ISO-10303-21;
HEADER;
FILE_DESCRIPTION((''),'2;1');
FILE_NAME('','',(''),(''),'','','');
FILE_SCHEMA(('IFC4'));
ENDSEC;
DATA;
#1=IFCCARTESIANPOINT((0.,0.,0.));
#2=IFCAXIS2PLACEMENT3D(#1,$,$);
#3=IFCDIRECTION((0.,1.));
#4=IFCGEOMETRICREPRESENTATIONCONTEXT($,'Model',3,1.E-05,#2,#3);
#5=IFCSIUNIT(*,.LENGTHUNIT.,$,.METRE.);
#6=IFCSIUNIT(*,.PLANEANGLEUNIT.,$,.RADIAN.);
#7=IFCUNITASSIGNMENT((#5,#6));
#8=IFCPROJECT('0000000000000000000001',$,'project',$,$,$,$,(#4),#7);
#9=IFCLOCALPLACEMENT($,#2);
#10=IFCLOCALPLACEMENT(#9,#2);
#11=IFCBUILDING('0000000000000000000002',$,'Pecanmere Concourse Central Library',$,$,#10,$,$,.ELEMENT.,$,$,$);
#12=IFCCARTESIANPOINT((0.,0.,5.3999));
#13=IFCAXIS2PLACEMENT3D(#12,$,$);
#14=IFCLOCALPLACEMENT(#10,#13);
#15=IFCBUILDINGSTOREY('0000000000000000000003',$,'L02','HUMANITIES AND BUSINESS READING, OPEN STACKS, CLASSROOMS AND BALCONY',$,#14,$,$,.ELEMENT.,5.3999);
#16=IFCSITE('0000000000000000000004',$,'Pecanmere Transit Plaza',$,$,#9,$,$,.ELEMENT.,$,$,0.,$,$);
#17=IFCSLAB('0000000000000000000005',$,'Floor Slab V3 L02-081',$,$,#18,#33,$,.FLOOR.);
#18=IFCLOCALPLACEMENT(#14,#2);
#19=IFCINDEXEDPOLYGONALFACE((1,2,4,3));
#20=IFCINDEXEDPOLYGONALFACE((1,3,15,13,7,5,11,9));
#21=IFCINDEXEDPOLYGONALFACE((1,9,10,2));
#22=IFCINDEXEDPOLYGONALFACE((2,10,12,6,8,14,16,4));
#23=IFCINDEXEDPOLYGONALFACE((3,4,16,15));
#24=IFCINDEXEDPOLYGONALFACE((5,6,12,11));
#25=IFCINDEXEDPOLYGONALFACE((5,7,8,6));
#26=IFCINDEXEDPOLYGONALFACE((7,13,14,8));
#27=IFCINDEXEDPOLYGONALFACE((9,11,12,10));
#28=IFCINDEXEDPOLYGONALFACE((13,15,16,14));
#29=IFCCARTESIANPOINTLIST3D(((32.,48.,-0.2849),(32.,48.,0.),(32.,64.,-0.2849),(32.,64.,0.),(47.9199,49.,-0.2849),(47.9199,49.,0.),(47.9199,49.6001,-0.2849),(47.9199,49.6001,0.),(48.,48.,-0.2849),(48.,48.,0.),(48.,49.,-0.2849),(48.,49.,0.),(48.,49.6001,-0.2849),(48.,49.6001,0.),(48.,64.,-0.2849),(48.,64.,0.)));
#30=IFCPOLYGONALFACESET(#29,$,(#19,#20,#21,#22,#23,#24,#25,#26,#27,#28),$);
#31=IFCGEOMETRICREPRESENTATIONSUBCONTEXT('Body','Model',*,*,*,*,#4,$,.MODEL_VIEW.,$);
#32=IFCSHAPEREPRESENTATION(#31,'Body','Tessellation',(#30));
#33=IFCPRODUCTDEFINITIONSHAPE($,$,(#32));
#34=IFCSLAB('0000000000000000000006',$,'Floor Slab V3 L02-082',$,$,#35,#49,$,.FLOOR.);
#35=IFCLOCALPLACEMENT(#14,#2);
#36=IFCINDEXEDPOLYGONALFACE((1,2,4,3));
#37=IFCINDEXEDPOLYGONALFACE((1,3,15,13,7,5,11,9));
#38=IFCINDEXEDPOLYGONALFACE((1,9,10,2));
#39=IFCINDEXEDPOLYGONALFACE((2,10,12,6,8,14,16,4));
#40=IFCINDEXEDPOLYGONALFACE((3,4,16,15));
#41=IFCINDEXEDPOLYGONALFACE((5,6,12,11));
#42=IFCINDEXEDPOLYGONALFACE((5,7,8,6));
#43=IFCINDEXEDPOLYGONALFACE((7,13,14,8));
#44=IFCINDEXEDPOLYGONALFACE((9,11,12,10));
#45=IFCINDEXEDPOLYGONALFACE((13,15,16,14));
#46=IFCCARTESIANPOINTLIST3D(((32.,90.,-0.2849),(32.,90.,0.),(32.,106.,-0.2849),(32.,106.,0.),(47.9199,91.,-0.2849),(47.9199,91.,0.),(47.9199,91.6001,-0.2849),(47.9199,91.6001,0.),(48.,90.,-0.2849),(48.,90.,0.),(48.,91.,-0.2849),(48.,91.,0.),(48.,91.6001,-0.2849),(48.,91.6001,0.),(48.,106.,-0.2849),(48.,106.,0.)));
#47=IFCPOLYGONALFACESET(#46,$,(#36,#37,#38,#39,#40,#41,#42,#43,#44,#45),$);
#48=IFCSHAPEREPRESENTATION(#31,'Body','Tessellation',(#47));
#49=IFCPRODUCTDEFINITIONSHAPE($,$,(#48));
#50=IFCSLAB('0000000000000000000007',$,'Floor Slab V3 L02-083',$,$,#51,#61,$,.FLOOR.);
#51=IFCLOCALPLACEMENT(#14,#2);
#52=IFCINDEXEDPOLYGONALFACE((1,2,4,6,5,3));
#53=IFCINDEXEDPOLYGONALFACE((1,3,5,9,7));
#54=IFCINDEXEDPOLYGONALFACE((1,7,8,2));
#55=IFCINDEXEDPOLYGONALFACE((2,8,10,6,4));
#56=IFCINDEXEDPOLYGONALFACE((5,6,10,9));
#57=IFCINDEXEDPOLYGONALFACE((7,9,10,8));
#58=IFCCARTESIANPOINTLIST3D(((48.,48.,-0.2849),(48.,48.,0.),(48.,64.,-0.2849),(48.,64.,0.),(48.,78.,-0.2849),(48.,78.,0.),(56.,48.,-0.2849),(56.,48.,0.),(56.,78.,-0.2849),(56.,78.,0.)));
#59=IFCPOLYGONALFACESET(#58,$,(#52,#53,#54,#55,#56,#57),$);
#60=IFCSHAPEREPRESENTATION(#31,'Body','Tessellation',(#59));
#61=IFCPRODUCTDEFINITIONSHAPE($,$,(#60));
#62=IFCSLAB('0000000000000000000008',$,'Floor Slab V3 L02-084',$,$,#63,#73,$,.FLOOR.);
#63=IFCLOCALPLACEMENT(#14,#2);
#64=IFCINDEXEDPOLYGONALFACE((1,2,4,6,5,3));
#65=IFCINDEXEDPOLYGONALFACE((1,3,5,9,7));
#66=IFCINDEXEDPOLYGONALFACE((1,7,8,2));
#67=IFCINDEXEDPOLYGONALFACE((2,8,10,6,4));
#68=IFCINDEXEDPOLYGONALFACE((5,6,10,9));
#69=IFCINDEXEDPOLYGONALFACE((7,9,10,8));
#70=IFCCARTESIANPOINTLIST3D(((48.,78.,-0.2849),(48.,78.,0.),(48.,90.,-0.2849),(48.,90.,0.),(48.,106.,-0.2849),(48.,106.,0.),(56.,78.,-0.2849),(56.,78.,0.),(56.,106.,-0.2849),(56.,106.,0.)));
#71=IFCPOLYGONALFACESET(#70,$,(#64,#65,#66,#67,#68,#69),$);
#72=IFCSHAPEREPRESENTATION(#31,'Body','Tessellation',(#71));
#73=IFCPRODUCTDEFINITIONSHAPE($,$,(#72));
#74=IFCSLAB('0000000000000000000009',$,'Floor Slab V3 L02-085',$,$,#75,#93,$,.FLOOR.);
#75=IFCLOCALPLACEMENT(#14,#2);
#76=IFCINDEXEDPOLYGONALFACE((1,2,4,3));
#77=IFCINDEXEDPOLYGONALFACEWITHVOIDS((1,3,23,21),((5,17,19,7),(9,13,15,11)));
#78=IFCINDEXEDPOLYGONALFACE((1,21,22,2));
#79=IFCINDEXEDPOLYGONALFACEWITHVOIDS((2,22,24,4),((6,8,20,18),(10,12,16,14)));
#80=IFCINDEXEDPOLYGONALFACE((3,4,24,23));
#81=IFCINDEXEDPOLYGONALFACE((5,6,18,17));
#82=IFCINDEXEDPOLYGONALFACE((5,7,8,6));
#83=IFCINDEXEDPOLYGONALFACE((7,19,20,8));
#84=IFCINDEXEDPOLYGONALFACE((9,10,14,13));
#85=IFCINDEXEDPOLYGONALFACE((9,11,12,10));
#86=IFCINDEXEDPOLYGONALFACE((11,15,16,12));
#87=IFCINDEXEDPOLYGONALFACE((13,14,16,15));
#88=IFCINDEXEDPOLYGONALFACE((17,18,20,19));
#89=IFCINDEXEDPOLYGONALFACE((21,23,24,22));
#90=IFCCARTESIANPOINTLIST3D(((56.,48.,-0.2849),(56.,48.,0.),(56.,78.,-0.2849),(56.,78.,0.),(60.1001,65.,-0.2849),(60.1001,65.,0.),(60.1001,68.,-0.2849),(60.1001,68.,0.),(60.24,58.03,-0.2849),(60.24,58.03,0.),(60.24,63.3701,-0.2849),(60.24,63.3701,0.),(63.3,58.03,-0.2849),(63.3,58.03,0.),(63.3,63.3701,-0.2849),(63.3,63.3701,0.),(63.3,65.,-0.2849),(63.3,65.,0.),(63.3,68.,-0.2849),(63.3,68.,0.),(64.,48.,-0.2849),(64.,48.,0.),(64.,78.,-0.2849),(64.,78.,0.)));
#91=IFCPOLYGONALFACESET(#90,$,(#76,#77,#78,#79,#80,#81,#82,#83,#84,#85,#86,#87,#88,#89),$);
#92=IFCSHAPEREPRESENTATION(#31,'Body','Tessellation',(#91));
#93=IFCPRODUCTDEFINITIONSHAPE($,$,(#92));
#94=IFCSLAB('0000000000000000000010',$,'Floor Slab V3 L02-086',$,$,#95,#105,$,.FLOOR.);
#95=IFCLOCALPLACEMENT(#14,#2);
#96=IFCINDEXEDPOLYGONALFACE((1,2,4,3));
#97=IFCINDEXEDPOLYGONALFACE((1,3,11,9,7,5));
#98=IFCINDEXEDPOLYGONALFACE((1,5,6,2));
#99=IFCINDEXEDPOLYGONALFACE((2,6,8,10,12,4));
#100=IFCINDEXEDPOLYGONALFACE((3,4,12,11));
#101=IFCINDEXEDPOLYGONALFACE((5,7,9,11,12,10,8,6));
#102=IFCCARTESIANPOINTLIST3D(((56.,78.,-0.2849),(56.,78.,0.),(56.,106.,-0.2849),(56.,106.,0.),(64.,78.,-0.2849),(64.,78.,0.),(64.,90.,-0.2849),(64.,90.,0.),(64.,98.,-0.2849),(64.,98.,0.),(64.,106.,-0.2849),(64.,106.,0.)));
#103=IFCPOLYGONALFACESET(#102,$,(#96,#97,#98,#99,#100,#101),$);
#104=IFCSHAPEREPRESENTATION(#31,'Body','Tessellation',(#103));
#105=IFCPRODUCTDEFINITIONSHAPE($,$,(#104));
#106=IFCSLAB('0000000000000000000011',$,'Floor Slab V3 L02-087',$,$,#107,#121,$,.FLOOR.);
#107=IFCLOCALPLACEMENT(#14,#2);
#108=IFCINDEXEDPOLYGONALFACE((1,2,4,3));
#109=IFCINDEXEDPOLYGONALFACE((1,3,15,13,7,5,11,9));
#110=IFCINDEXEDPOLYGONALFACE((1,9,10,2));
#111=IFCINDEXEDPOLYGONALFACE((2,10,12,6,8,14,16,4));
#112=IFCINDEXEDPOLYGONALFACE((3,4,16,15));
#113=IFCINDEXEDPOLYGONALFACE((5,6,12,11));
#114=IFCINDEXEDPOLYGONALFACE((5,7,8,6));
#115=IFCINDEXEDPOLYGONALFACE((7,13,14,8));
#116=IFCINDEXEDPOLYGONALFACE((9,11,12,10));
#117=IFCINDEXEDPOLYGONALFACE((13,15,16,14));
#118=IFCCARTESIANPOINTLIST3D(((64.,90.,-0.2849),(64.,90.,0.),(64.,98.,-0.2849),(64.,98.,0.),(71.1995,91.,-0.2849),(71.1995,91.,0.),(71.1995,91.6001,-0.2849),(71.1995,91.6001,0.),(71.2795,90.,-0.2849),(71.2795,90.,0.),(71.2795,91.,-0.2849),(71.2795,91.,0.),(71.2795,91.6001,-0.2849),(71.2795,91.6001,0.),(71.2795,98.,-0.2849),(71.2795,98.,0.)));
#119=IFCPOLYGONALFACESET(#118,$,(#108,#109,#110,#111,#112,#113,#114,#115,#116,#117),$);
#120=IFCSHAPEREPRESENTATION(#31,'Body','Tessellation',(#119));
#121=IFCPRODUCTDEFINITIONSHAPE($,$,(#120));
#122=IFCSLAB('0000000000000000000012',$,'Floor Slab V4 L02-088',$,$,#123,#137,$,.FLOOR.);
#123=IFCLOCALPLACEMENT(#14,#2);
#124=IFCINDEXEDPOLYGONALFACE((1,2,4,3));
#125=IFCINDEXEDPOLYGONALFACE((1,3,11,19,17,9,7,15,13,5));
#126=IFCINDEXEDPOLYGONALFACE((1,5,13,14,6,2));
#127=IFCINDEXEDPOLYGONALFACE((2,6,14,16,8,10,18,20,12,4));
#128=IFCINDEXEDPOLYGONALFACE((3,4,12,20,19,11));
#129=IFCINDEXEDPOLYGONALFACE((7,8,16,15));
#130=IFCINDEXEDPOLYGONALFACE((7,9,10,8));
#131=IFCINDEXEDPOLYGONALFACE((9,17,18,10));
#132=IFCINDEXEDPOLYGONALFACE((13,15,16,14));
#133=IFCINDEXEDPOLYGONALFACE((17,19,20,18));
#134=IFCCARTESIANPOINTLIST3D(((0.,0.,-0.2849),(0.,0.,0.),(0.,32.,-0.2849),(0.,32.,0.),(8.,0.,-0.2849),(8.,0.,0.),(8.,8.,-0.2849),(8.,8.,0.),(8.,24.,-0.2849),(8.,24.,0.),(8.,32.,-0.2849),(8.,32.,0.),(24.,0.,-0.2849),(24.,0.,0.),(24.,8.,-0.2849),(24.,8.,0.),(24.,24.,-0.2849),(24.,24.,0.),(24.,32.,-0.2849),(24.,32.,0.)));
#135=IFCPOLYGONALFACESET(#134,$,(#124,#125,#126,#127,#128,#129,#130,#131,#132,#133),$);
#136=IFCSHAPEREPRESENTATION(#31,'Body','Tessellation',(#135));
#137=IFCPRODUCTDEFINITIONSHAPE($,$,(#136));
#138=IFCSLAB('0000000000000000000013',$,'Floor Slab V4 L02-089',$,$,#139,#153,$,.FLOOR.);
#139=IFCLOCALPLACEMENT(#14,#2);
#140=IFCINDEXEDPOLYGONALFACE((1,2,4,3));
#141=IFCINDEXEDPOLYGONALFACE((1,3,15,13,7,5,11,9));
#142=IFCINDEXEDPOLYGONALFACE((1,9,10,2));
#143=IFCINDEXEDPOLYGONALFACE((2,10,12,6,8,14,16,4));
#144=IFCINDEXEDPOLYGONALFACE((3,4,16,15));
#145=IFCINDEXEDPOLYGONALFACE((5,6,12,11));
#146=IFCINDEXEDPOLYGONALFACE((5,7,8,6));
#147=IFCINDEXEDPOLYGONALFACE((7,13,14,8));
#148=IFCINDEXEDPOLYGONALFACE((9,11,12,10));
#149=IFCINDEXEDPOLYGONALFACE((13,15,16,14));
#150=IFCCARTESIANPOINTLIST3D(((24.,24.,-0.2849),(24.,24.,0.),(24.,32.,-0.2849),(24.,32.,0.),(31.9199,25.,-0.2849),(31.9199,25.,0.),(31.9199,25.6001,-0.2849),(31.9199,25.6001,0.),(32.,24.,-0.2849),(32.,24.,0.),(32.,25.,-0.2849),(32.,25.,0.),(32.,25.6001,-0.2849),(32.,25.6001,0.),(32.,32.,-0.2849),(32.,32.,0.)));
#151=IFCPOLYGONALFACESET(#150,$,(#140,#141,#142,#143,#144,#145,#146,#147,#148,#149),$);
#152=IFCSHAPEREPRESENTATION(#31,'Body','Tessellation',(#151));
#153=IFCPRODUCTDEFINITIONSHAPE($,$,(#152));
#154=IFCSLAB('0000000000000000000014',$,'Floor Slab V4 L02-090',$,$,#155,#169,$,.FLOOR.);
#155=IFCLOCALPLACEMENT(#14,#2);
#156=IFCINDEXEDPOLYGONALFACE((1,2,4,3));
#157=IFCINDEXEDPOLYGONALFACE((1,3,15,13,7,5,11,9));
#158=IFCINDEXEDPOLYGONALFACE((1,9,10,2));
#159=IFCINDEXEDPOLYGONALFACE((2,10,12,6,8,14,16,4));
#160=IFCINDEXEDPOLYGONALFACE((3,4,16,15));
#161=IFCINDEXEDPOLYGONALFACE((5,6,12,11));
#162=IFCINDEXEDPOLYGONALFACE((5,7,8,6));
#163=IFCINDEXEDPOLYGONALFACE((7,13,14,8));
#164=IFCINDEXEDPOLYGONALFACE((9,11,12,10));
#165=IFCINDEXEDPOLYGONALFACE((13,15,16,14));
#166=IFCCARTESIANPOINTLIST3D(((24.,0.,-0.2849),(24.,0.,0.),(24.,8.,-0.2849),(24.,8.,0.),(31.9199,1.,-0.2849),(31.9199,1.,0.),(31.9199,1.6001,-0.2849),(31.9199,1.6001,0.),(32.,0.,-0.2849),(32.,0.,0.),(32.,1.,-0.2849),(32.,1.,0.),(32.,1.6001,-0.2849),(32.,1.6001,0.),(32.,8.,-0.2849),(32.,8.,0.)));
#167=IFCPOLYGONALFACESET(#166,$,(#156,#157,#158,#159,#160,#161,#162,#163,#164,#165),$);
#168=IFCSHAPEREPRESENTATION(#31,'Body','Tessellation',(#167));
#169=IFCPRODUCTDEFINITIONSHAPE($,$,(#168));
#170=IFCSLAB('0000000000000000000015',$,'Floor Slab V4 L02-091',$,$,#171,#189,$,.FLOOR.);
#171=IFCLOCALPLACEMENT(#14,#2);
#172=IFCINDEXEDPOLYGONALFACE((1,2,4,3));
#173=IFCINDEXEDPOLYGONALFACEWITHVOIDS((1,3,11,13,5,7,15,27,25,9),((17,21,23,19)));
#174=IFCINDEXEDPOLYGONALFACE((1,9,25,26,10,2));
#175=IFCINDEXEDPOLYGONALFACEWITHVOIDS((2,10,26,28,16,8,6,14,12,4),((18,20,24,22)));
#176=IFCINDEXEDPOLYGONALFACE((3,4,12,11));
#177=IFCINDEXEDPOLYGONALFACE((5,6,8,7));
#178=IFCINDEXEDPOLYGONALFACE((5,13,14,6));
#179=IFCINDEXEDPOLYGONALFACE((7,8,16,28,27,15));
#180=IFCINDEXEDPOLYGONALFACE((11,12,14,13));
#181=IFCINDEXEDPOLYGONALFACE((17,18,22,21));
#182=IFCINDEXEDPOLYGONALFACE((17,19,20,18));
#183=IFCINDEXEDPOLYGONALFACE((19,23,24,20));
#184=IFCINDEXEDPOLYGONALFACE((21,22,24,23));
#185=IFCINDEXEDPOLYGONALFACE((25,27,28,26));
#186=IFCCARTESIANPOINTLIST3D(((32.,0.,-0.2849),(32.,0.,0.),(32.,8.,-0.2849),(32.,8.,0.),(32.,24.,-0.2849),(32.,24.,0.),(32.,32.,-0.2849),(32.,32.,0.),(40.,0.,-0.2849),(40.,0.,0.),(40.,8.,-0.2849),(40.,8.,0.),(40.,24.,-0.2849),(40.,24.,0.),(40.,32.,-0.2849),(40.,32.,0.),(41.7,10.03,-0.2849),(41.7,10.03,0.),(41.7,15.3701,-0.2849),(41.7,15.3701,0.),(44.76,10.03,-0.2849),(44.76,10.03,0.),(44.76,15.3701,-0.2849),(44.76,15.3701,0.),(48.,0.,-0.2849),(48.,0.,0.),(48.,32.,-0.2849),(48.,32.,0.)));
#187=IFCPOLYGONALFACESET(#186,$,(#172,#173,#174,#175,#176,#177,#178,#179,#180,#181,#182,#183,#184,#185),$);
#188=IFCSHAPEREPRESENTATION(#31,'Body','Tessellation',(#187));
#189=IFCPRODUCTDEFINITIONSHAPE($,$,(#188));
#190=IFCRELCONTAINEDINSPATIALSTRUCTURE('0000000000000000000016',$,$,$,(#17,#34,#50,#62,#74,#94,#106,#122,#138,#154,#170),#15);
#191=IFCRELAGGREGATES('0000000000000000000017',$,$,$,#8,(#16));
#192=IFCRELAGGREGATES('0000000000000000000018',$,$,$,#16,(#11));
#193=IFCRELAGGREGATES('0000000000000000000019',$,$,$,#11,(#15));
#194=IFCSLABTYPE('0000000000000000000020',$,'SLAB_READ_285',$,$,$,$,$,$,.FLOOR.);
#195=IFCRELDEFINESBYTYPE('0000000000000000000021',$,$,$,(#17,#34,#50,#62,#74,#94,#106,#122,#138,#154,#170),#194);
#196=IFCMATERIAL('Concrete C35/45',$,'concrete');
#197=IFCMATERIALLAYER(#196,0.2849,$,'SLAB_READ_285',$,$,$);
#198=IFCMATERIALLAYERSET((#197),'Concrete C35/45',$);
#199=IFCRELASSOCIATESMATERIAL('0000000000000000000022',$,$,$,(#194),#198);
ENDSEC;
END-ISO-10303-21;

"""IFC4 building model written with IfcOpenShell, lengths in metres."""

from ifc_helpers import new_model, si_unit, direction, frame, origin, place, context, subcontext, project, spatial, polyline, outline, extrude, material, layer, layer_set, type_object, element, save


model = new_model("IFC4")

# Units and contexts
model_context = context("Model", 3, precision=1e-05, world=origin(), true_north=direction((0.0, 1.0)))
body_context = subcontext(model_context, "Body", "Model", "MODEL_VIEW")
ifc_project = project(units=[si_unit("LENGTHUNIT", "METRE"), si_unit("PLANEANGLEUNIT", "RADIAN")], contexts=[model_context])

# Site, building, storey
site_placement = place(None, origin())
site = spatial("IfcSite", under=ifc_project, at=site_placement, Name="Pecanmere Transit Plaza", CompositionType="ELEMENT", RefElevation=0.0)
building_placement = place(site_placement, origin())
building = spatial("IfcBuilding", under=site, at=building_placement, Name="Pecanmere Concourse Central Library", CompositionType="ELEMENT")
storey_placement = place(building_placement, frame((0.0, 0.0, 5.3999)))
storey = spatial("IfcBuildingStorey", under=building, at=storey_placement, Name="L02", Description="HUMANITIES AND BUSINESS READING, OPEN STACKS, CLASSROOMS AND BALCONY", CompositionType="ELEMENT", Elevation=5.3999)

# Slabs
ifc_material_1 = material(Name="Concrete C35/45", Category="concrete")
ifc_layer_1 = layer(ifc_material_1, 0.2849, Name="SLAB_READ_285")
ifc_layer_set_1 = layer_set([ifc_layer_1], Name="Concrete C35/45")
slab_type_1 = type_object("IfcSlabType", Name="SLAB_READ_285", PredefinedType="FLOOR", material=ifc_layer_set_1)
slab_1_placement = place(storey_placement, frame((0.0, 0.0, -0.2849)))
element("IfcSlab", 1, at=slab_1_placement, inside=storey, type_object=slab_type_1, Name="Floor Slab V3 L02-081", PredefinedType="FLOOR", context=body_context, shape_type="SweptSolid", body=[
    extrude(outline(polyline([(32.0, 48.0), (32.0, 64.0), (48.0, 64.0), (48.0, 49.6001), (47.9199, 49.6001), (47.9199, 49.0), (48.0, 49.0), (48.0, 48.0), (32.0, 48.0)])), origin(), (0.0, 0.0, 1.0), 0.2849),
])
slab_2_placement = place(storey_placement, frame((0.0, 0.0, -0.2849)))
element("IfcSlab", 2, at=slab_2_placement, inside=storey, type_object=slab_type_1, Name="Floor Slab V3 L02-082", PredefinedType="FLOOR", context=body_context, shape_type="SweptSolid", body=[
    extrude(outline(polyline([(48.0, 106.0), (48.0, 91.6001), (47.9199, 91.6001), (47.9199, 91.0), (48.0, 91.0), (48.0, 90.0), (32.0, 90.0), (32.0, 106.0), (48.0, 106.0)])), origin(), (0.0, 0.0, 1.0), 0.2849),
])
slab_3_placement = place(storey_placement, frame((0.0, 0.0, -0.2849)))
element("IfcSlab", 3, at=slab_3_placement, inside=storey, type_object=slab_type_1, Name="Floor Slab V3 L02-083", PredefinedType="FLOOR", context=body_context, shape_type="SweptSolid", body=[
    extrude(outline(polyline([(48.0, 48.0), (48.0, 64.0), (48.0, 78.0), (56.0, 78.0), (56.0, 48.0), (48.0, 48.0)])), origin(), (0.0, 0.0, 1.0), 0.2849),
])
slab_4_placement = place(storey_placement, frame((0.0, 0.0, -0.2849)))
element("IfcSlab", 4, at=slab_4_placement, inside=storey, type_object=slab_type_1, Name="Floor Slab V3 L02-084", PredefinedType="FLOOR", context=body_context, shape_type="SweptSolid", body=[
    extrude(outline(polyline([(48.0, 78.0), (48.0, 90.0), (48.0, 106.0), (56.0, 106.0), (56.0, 78.0), (48.0, 78.0)])), origin(), (0.0, 0.0, 1.0), 0.2849),
])
slab_5_placement = place(storey_placement, frame((0.0, 0.0, -0.2849)))
element("IfcSlab", 5, at=slab_5_placement, inside=storey, type_object=slab_type_1, Name="Floor Slab V3 L02-085", PredefinedType="FLOOR", context=body_context, shape_type="SweptSolid", body=[
    extrude(outline(polyline([(56.0, 48.0), (56.0, 78.0), (64.0, 78.0), (64.0, 48.0), (56.0, 48.0)]), holes=[polyline([(63.3, 63.3701), (60.24, 63.3701), (60.24, 58.03), (63.3, 58.03), (63.3, 63.3701)]), polyline([(63.3, 68.0), (60.1001, 68.0), (60.1001, 65.0), (63.3, 65.0), (63.3, 68.0)])]), origin(), (0.0, 0.0, 1.0), 0.2849),
])
slab_6_placement = place(storey_placement, frame((0.0, 0.0, -0.2849)))
element("IfcSlab", 6, at=slab_6_placement, inside=storey, type_object=slab_type_1, Name="Floor Slab V3 L02-086", PredefinedType="FLOOR", context=body_context, shape_type="SweptSolid", body=[
    extrude(outline(polyline([(64.0, 90.0), (64.0, 78.0), (56.0, 78.0), (56.0, 106.0), (64.0, 106.0), (64.0, 98.0), (64.0, 90.0)])), origin(), (0.0, 0.0, 1.0), 0.2849),
])
slab_7_placement = place(storey_placement, frame((0.0, 0.0, -0.2849)))
element("IfcSlab", 7, at=slab_7_placement, inside=storey, type_object=slab_type_1, Name="Floor Slab V3 L02-087", PredefinedType="FLOOR", context=body_context, shape_type="SweptSolid", body=[
    extrude(outline(polyline([(64.0, 98.0), (71.2795, 98.0), (71.2795, 91.6001), (71.1995, 91.6001), (71.1995, 91.0), (71.2795, 91.0), (71.2795, 90.0), (64.0, 90.0), (64.0, 98.0)])), origin(), (0.0, 0.0, 1.0), 0.2849),
])
slab_8_placement = place(storey_placement, frame((0.0, 0.0, -0.2849)))
element("IfcSlab", 8, at=slab_8_placement, inside=storey, type_object=slab_type_1, Name="Floor Slab V4 L02-088", PredefinedType="FLOOR", context=body_context, shape_type="SweptSolid", body=[
    extrude(outline(polyline([(24.0, 32.0), (24.0, 24.0), (8.0, 24.0), (8.0, 8.0), (24.0, 8.0), (24.0, 0.0), (8.0, 0.0), (0.0, 0.0), (0.0, 32.0), (8.0, 32.0), (24.0, 32.0)])), origin(), (0.0, 0.0, 1.0), 0.2849),
])
slab_9_placement = place(storey_placement, frame((0.0, 0.0, -0.2849)))
element("IfcSlab", 9, at=slab_9_placement, inside=storey, type_object=slab_type_1, Name="Floor Slab V4 L02-089", PredefinedType="FLOOR", context=body_context, shape_type="SweptSolid", body=[
    extrude(outline(polyline([(24.0, 32.0), (32.0, 32.0), (32.0, 25.6001), (31.9199, 25.6001), (31.9199, 25.0), (32.0, 25.0), (32.0, 24.0), (24.0, 24.0), (24.0, 32.0)])), origin(), (0.0, 0.0, 1.0), 0.2849),
])
slab_10_placement = place(storey_placement, frame((0.0, 0.0, -0.2849)))
element("IfcSlab", 10, at=slab_10_placement, inside=storey, type_object=slab_type_1, Name="Floor Slab V4 L02-090", PredefinedType="FLOOR", context=body_context, shape_type="SweptSolid", body=[
    extrude(outline(polyline([(32.0, 1.6001), (31.9199, 1.6001), (31.9199, 1.0), (32.0, 1.0), (32.0, 0.0), (24.0, 0.0), (24.0, 8.0), (32.0, 8.0), (32.0, 1.6001)])), origin(), (0.0, 0.0, 1.0), 0.2849),
])
slab_11_placement = place(storey_placement, frame((0.0, 0.0, -0.2849)))
element("IfcSlab", 11, at=slab_11_placement, inside=storey, type_object=slab_type_1, Name="Floor Slab V4 L02-091", PredefinedType="FLOOR", context=body_context, shape_type="SweptSolid", body=[
    extrude(outline(polyline([(48.0, 0.0), (40.0, 0.0), (32.0, 0.0), (32.0, 8.0), (40.0, 8.0), (40.0, 24.0), (32.0, 24.0), (32.0, 32.0), (40.0, 32.0), (48.0, 32.0), (48.0, 0.0)]), holes=[polyline([(44.76, 15.3701), (41.7, 15.3701), (41.7, 10.03), (44.76, 10.03), (44.76, 15.3701)])]), origin(), (0.0, 0.0, 1.0), 0.2849),
])

save(model, "model.ifc")
